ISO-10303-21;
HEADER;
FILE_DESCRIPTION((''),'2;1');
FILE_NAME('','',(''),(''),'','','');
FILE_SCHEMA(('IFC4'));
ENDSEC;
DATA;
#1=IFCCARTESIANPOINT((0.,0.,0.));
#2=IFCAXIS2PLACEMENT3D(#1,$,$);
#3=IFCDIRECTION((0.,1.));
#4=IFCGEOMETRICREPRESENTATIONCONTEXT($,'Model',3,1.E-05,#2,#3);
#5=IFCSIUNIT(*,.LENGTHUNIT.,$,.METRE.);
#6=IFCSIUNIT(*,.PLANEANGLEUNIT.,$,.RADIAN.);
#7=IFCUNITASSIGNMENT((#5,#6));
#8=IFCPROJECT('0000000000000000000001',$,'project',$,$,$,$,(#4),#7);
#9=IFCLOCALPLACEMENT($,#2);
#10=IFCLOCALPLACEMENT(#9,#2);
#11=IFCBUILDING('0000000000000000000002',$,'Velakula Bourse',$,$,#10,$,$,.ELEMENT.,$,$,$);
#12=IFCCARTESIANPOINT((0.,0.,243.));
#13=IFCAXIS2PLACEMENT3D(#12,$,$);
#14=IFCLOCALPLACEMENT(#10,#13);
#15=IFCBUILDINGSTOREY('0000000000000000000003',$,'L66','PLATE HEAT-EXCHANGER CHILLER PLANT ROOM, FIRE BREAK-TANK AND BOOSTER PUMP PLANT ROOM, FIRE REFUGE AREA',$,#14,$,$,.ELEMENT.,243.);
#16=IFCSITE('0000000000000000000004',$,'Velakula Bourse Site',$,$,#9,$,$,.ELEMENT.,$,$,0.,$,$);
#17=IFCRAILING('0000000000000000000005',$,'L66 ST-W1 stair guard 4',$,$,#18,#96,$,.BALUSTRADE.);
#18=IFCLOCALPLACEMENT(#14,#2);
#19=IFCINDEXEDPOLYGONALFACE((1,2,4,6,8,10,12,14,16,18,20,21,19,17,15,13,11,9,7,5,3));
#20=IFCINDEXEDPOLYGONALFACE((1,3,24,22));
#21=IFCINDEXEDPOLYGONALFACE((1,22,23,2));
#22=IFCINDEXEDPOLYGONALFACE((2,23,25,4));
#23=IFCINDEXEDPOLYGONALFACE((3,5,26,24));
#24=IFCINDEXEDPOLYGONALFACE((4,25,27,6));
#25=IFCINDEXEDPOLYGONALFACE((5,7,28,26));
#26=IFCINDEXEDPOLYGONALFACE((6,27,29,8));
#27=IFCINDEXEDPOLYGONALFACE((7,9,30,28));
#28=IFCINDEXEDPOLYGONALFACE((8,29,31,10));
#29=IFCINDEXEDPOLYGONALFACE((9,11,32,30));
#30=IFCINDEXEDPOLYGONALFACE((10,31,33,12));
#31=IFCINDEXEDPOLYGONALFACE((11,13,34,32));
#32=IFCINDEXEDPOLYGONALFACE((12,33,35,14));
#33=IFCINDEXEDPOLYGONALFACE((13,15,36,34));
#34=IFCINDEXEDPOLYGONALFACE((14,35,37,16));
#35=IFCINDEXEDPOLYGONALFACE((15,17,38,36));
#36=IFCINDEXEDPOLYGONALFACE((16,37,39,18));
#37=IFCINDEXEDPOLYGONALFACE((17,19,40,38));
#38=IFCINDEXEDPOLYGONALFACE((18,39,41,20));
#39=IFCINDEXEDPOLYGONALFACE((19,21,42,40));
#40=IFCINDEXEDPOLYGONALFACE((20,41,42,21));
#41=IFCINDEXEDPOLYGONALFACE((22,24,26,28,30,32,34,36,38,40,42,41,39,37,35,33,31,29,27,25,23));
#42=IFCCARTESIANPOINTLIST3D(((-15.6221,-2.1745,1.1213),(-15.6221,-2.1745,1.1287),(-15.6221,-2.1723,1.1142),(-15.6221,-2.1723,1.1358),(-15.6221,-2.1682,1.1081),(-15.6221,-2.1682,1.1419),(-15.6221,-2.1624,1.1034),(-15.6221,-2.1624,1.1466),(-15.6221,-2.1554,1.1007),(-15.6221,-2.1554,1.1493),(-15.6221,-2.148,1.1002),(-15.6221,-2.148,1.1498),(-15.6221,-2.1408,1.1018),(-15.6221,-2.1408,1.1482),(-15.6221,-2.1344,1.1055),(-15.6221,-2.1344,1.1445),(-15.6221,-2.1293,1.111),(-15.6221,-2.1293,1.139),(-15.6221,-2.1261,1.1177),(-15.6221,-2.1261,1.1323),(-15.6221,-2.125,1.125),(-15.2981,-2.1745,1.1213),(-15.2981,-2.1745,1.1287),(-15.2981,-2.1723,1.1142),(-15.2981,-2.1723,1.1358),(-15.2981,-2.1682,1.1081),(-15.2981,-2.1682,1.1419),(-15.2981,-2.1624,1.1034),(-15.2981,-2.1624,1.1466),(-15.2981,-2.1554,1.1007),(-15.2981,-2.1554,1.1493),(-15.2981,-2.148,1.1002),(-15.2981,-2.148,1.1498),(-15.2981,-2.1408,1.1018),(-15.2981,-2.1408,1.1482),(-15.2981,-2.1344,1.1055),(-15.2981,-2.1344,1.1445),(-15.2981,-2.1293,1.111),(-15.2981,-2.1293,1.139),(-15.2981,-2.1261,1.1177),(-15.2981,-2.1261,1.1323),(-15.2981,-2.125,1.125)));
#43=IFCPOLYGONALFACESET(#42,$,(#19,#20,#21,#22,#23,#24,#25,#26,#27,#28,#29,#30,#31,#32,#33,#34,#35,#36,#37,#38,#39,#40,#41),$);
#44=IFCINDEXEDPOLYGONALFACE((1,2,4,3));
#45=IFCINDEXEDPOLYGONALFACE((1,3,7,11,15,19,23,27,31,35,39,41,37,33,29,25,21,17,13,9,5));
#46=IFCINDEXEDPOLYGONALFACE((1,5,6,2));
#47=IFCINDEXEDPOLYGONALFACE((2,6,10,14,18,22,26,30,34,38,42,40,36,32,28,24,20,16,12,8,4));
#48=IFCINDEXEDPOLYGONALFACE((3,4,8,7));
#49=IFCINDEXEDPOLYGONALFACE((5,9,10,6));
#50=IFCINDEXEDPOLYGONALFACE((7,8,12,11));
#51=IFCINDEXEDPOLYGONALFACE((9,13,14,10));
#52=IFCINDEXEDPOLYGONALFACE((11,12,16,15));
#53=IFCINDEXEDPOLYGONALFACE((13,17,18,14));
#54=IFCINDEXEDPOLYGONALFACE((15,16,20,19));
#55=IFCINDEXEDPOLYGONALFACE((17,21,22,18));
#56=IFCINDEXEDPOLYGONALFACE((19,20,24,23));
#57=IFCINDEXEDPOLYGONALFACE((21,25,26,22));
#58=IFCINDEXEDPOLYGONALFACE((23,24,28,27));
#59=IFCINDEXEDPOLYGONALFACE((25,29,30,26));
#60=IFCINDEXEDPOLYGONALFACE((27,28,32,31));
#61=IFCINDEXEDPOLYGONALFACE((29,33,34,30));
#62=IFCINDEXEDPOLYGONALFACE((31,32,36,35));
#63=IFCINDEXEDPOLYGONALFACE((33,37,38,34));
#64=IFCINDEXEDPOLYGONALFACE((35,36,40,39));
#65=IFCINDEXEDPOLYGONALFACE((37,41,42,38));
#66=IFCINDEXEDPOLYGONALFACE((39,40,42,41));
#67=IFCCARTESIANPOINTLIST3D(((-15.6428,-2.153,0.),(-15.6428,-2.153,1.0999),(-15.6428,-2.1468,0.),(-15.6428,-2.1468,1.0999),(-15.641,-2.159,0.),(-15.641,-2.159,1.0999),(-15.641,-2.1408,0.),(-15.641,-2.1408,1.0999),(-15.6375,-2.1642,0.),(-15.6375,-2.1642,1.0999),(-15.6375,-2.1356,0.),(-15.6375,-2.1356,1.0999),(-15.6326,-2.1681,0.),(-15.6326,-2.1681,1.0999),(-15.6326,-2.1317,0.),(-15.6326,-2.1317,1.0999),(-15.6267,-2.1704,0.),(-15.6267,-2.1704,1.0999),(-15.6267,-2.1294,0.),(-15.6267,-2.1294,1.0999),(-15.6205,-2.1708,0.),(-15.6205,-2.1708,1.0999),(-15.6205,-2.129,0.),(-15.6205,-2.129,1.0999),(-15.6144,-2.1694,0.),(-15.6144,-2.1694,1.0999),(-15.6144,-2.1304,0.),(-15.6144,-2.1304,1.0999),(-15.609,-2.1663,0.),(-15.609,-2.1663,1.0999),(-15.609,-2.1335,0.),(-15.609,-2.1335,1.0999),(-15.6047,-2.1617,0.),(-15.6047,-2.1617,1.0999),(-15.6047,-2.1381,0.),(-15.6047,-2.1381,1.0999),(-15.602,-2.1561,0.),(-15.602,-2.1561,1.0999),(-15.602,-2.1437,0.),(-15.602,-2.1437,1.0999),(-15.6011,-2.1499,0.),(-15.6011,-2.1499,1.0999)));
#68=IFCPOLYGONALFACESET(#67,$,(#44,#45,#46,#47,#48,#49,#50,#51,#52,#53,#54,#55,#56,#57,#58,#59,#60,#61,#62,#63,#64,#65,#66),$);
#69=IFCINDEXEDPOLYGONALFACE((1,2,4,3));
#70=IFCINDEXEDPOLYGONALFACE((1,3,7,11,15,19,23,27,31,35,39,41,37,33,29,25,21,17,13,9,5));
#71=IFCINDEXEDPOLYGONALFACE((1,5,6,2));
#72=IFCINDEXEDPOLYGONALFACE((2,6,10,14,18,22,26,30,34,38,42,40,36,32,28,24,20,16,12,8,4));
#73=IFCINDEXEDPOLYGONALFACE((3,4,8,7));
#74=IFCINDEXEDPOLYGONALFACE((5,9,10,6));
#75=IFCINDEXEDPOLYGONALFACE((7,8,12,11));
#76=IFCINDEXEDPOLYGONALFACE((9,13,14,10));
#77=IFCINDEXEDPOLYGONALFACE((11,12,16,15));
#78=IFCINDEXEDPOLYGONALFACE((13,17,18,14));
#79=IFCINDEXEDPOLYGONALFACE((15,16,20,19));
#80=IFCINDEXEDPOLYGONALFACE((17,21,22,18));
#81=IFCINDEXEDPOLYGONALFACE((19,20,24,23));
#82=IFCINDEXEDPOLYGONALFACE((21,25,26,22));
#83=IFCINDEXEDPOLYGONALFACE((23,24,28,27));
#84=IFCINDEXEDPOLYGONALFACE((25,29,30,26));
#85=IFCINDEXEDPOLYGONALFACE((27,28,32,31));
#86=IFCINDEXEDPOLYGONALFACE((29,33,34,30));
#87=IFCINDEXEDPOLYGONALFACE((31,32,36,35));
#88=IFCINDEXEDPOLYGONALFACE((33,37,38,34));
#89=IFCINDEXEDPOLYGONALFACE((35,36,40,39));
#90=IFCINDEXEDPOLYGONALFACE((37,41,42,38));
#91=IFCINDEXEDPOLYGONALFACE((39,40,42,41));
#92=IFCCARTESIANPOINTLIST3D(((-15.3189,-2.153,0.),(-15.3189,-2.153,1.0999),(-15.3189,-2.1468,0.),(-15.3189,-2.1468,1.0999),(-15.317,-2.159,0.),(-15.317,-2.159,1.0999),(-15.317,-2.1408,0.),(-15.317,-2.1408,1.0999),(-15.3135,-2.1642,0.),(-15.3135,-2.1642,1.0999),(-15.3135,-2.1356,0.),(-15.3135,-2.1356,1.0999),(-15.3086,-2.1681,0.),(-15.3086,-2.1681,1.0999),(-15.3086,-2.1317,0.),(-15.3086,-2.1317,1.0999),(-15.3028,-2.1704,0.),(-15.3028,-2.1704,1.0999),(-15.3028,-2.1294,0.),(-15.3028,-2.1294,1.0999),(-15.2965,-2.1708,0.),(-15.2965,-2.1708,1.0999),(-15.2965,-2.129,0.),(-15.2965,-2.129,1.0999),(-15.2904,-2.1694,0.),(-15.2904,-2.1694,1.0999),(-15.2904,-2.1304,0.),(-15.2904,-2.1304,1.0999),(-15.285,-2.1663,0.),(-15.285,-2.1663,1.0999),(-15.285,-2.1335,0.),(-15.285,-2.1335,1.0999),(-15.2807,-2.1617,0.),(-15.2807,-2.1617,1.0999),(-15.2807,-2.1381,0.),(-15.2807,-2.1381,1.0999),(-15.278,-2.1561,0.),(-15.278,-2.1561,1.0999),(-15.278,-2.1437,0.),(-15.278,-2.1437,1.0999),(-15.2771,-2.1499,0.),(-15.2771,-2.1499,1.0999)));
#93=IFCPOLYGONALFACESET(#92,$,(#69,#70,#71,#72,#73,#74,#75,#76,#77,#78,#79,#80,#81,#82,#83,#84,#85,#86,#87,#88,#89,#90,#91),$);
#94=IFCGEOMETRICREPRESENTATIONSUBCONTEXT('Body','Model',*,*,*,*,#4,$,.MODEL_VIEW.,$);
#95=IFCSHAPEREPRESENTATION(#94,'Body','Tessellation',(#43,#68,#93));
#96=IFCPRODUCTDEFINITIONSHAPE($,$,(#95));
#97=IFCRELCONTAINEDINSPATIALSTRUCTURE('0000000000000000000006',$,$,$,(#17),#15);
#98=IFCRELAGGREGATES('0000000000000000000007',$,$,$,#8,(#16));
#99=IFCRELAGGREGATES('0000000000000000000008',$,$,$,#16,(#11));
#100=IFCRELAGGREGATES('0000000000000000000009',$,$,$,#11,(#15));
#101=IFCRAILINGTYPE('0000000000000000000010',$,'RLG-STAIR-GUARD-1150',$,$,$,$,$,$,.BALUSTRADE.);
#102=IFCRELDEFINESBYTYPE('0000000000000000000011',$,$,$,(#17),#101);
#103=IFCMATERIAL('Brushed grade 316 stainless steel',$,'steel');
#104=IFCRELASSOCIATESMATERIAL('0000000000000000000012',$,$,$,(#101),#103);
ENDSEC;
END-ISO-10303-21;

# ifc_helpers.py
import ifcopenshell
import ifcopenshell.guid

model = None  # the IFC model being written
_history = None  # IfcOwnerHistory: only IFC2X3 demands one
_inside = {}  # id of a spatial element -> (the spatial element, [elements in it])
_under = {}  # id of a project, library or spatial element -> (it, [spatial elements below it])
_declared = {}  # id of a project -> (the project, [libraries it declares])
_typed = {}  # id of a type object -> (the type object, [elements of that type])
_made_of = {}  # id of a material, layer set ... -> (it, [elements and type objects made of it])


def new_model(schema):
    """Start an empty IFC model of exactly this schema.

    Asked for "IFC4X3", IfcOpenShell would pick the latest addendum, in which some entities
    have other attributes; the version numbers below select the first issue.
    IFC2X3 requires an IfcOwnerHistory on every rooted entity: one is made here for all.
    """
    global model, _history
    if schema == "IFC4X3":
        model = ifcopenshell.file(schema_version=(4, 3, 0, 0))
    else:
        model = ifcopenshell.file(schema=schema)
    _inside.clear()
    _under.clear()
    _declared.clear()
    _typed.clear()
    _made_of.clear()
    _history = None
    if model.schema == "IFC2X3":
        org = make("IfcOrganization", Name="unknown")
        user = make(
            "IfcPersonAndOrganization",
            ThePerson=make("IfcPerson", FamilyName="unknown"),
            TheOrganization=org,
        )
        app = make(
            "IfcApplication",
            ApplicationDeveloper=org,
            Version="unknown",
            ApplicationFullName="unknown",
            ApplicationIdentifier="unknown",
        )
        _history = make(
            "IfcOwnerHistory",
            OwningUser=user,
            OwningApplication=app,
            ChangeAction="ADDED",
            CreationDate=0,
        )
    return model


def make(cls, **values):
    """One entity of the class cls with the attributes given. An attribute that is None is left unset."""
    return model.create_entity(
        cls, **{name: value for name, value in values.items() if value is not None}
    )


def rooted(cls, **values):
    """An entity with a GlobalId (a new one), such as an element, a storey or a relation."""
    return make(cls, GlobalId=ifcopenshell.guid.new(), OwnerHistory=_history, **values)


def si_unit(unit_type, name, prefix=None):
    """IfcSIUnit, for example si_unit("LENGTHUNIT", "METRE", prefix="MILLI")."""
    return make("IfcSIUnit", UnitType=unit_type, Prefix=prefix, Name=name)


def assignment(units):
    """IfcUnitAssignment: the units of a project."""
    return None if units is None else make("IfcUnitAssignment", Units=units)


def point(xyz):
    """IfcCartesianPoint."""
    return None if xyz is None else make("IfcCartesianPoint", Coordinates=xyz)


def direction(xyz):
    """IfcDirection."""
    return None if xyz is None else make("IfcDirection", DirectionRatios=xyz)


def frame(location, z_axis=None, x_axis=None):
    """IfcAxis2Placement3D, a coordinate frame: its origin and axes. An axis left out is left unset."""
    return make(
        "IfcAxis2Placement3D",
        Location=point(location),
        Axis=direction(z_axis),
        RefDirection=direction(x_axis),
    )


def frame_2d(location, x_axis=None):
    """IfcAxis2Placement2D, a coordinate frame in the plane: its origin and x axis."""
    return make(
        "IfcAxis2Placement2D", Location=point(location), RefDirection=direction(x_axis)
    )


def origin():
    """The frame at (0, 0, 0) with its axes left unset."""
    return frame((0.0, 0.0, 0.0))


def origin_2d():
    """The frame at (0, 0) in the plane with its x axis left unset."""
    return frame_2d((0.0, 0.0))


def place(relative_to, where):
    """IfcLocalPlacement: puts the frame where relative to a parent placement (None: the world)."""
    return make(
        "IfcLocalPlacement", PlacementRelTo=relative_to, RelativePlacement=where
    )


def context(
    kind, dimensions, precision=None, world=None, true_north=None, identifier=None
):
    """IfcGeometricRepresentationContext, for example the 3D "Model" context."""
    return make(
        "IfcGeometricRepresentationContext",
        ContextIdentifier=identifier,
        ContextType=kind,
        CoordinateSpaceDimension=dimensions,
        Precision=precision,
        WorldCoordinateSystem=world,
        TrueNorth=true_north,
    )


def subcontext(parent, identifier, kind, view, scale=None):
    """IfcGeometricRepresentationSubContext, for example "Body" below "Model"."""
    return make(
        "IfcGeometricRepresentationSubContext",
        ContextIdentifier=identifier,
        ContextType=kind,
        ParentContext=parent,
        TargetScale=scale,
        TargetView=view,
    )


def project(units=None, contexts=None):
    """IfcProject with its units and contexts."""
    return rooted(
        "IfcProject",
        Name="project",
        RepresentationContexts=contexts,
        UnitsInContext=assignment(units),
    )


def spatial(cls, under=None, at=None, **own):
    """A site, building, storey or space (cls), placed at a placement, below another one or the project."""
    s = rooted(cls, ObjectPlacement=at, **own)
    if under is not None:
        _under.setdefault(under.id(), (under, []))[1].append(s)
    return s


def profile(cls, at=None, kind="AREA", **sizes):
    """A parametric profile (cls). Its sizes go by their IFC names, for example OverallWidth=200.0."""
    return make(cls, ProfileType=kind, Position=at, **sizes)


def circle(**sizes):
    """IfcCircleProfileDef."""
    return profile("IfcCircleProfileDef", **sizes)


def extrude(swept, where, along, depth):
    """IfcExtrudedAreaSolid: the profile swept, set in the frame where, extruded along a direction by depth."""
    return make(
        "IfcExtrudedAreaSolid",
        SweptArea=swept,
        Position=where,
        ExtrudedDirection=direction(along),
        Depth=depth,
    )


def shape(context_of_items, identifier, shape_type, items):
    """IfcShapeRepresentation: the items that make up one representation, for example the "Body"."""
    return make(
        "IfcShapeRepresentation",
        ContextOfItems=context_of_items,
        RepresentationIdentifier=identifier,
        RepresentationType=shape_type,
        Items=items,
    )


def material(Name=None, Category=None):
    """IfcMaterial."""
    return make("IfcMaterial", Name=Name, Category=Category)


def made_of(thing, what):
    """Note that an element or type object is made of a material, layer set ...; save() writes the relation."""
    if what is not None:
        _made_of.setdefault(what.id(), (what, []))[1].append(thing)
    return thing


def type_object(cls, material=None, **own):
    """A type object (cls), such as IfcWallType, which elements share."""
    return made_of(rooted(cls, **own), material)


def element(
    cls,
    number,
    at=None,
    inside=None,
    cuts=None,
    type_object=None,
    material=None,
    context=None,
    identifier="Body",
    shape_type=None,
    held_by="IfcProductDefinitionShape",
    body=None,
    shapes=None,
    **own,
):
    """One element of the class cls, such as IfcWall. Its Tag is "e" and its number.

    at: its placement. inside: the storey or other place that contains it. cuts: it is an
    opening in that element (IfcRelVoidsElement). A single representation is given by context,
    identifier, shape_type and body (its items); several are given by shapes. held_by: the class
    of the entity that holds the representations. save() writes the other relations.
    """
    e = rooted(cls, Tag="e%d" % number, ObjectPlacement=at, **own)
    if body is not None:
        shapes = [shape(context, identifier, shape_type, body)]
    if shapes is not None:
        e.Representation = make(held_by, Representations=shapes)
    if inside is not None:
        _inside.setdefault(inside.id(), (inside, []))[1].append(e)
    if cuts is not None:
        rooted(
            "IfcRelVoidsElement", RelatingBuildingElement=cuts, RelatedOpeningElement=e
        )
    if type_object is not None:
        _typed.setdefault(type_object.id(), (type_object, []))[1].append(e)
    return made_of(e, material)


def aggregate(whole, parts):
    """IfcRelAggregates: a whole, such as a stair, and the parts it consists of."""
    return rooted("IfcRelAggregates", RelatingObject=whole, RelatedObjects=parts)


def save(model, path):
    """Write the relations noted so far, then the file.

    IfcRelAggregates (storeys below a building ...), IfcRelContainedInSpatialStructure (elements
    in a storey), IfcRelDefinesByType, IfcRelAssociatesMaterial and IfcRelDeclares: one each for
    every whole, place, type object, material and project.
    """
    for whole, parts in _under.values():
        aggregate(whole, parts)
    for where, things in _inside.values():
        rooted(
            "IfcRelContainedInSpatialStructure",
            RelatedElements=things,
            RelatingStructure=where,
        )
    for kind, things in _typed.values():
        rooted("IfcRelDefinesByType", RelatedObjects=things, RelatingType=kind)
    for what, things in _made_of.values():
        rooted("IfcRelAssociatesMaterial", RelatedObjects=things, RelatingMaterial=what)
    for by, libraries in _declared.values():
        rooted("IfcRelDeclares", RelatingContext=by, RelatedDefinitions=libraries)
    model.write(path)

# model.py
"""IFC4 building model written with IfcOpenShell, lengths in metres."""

from ifc_helpers import new_model, si_unit, direction, frame, origin, origin_2d, place, context, subcontext, project, spatial, circle, extrude, material, type_object, element, save


model = new_model("IFC4")

# Units and contexts
model_context = context("Model", 3, precision=1e-05, world=origin(), true_north=direction((0.0, 1.0)))
body_context = subcontext(model_context, "Body", "Model", "MODEL_VIEW")
ifc_project = project(units=[si_unit("LENGTHUNIT", "METRE"), si_unit("PLANEANGLEUNIT", "RADIAN")], contexts=[model_context])

# Site, building, storey
site_placement = place(None, origin())
site = spatial("IfcSite", under=ifc_project, at=site_placement, Name="Velakula Bourse Site", CompositionType="ELEMENT", RefElevation=0.0)
building_placement = place(site_placement, origin())
building = spatial("IfcBuilding", under=site, at=building_placement, Name="Velakula Bourse", CompositionType="ELEMENT")
storey_placement = place(building_placement, frame((0.0, 0.0, 243.0)))
storey = spatial("IfcBuildingStorey", under=building, at=storey_placement, Name="L66", Description="PLATE HEAT-EXCHANGER CHILLER PLANT ROOM, FIRE BREAK-TANK AND BOOSTER PUMP PLANT ROOM, FIRE REFUGE AREA", CompositionType="ELEMENT", Elevation=243.0)

# Shared definitions
ifc_material_1 = material(Name="Brushed grade 316 stainless steel", Category="steel")

# Railing
railing_type_1 = type_object("IfcRailingType", Name="RLG-STAIR-GUARD-1150", PredefinedType="BALUSTRADE", material=ifc_material_1)
railing_1_placement = place(storey_placement, frame((-15.6221, -2.1499, 0.0)))
element("IfcRailing", 1, at=railing_1_placement, inside=storey, type_object=railing_type_1, Name="L66 ST-W1 stair guard 4", PredefinedType="BALUSTRADE", context=body_context, shape_type="SweptSolid", body=[
    extrude(circle(Radius=0.0249, at=origin_2d()), frame((0.0, 0.0, 1.125), z_axis=(1.0, 0.0, 0.0), x_axis=(0.0, 1.0, 0.0)), (0.0, 0.0, 1.0), 0.324),
    extrude(circle(Radius=0.021, at=origin_2d()), origin(), (0.0, 0.0, 1.0), 1.0999),
    extrude(circle(Radius=0.021, at=origin_2d()), frame((0.324, 0.0, 0.0)), (0.0, 0.0, 1.0), 1.0999),
])

save(model, "model.ifc")
